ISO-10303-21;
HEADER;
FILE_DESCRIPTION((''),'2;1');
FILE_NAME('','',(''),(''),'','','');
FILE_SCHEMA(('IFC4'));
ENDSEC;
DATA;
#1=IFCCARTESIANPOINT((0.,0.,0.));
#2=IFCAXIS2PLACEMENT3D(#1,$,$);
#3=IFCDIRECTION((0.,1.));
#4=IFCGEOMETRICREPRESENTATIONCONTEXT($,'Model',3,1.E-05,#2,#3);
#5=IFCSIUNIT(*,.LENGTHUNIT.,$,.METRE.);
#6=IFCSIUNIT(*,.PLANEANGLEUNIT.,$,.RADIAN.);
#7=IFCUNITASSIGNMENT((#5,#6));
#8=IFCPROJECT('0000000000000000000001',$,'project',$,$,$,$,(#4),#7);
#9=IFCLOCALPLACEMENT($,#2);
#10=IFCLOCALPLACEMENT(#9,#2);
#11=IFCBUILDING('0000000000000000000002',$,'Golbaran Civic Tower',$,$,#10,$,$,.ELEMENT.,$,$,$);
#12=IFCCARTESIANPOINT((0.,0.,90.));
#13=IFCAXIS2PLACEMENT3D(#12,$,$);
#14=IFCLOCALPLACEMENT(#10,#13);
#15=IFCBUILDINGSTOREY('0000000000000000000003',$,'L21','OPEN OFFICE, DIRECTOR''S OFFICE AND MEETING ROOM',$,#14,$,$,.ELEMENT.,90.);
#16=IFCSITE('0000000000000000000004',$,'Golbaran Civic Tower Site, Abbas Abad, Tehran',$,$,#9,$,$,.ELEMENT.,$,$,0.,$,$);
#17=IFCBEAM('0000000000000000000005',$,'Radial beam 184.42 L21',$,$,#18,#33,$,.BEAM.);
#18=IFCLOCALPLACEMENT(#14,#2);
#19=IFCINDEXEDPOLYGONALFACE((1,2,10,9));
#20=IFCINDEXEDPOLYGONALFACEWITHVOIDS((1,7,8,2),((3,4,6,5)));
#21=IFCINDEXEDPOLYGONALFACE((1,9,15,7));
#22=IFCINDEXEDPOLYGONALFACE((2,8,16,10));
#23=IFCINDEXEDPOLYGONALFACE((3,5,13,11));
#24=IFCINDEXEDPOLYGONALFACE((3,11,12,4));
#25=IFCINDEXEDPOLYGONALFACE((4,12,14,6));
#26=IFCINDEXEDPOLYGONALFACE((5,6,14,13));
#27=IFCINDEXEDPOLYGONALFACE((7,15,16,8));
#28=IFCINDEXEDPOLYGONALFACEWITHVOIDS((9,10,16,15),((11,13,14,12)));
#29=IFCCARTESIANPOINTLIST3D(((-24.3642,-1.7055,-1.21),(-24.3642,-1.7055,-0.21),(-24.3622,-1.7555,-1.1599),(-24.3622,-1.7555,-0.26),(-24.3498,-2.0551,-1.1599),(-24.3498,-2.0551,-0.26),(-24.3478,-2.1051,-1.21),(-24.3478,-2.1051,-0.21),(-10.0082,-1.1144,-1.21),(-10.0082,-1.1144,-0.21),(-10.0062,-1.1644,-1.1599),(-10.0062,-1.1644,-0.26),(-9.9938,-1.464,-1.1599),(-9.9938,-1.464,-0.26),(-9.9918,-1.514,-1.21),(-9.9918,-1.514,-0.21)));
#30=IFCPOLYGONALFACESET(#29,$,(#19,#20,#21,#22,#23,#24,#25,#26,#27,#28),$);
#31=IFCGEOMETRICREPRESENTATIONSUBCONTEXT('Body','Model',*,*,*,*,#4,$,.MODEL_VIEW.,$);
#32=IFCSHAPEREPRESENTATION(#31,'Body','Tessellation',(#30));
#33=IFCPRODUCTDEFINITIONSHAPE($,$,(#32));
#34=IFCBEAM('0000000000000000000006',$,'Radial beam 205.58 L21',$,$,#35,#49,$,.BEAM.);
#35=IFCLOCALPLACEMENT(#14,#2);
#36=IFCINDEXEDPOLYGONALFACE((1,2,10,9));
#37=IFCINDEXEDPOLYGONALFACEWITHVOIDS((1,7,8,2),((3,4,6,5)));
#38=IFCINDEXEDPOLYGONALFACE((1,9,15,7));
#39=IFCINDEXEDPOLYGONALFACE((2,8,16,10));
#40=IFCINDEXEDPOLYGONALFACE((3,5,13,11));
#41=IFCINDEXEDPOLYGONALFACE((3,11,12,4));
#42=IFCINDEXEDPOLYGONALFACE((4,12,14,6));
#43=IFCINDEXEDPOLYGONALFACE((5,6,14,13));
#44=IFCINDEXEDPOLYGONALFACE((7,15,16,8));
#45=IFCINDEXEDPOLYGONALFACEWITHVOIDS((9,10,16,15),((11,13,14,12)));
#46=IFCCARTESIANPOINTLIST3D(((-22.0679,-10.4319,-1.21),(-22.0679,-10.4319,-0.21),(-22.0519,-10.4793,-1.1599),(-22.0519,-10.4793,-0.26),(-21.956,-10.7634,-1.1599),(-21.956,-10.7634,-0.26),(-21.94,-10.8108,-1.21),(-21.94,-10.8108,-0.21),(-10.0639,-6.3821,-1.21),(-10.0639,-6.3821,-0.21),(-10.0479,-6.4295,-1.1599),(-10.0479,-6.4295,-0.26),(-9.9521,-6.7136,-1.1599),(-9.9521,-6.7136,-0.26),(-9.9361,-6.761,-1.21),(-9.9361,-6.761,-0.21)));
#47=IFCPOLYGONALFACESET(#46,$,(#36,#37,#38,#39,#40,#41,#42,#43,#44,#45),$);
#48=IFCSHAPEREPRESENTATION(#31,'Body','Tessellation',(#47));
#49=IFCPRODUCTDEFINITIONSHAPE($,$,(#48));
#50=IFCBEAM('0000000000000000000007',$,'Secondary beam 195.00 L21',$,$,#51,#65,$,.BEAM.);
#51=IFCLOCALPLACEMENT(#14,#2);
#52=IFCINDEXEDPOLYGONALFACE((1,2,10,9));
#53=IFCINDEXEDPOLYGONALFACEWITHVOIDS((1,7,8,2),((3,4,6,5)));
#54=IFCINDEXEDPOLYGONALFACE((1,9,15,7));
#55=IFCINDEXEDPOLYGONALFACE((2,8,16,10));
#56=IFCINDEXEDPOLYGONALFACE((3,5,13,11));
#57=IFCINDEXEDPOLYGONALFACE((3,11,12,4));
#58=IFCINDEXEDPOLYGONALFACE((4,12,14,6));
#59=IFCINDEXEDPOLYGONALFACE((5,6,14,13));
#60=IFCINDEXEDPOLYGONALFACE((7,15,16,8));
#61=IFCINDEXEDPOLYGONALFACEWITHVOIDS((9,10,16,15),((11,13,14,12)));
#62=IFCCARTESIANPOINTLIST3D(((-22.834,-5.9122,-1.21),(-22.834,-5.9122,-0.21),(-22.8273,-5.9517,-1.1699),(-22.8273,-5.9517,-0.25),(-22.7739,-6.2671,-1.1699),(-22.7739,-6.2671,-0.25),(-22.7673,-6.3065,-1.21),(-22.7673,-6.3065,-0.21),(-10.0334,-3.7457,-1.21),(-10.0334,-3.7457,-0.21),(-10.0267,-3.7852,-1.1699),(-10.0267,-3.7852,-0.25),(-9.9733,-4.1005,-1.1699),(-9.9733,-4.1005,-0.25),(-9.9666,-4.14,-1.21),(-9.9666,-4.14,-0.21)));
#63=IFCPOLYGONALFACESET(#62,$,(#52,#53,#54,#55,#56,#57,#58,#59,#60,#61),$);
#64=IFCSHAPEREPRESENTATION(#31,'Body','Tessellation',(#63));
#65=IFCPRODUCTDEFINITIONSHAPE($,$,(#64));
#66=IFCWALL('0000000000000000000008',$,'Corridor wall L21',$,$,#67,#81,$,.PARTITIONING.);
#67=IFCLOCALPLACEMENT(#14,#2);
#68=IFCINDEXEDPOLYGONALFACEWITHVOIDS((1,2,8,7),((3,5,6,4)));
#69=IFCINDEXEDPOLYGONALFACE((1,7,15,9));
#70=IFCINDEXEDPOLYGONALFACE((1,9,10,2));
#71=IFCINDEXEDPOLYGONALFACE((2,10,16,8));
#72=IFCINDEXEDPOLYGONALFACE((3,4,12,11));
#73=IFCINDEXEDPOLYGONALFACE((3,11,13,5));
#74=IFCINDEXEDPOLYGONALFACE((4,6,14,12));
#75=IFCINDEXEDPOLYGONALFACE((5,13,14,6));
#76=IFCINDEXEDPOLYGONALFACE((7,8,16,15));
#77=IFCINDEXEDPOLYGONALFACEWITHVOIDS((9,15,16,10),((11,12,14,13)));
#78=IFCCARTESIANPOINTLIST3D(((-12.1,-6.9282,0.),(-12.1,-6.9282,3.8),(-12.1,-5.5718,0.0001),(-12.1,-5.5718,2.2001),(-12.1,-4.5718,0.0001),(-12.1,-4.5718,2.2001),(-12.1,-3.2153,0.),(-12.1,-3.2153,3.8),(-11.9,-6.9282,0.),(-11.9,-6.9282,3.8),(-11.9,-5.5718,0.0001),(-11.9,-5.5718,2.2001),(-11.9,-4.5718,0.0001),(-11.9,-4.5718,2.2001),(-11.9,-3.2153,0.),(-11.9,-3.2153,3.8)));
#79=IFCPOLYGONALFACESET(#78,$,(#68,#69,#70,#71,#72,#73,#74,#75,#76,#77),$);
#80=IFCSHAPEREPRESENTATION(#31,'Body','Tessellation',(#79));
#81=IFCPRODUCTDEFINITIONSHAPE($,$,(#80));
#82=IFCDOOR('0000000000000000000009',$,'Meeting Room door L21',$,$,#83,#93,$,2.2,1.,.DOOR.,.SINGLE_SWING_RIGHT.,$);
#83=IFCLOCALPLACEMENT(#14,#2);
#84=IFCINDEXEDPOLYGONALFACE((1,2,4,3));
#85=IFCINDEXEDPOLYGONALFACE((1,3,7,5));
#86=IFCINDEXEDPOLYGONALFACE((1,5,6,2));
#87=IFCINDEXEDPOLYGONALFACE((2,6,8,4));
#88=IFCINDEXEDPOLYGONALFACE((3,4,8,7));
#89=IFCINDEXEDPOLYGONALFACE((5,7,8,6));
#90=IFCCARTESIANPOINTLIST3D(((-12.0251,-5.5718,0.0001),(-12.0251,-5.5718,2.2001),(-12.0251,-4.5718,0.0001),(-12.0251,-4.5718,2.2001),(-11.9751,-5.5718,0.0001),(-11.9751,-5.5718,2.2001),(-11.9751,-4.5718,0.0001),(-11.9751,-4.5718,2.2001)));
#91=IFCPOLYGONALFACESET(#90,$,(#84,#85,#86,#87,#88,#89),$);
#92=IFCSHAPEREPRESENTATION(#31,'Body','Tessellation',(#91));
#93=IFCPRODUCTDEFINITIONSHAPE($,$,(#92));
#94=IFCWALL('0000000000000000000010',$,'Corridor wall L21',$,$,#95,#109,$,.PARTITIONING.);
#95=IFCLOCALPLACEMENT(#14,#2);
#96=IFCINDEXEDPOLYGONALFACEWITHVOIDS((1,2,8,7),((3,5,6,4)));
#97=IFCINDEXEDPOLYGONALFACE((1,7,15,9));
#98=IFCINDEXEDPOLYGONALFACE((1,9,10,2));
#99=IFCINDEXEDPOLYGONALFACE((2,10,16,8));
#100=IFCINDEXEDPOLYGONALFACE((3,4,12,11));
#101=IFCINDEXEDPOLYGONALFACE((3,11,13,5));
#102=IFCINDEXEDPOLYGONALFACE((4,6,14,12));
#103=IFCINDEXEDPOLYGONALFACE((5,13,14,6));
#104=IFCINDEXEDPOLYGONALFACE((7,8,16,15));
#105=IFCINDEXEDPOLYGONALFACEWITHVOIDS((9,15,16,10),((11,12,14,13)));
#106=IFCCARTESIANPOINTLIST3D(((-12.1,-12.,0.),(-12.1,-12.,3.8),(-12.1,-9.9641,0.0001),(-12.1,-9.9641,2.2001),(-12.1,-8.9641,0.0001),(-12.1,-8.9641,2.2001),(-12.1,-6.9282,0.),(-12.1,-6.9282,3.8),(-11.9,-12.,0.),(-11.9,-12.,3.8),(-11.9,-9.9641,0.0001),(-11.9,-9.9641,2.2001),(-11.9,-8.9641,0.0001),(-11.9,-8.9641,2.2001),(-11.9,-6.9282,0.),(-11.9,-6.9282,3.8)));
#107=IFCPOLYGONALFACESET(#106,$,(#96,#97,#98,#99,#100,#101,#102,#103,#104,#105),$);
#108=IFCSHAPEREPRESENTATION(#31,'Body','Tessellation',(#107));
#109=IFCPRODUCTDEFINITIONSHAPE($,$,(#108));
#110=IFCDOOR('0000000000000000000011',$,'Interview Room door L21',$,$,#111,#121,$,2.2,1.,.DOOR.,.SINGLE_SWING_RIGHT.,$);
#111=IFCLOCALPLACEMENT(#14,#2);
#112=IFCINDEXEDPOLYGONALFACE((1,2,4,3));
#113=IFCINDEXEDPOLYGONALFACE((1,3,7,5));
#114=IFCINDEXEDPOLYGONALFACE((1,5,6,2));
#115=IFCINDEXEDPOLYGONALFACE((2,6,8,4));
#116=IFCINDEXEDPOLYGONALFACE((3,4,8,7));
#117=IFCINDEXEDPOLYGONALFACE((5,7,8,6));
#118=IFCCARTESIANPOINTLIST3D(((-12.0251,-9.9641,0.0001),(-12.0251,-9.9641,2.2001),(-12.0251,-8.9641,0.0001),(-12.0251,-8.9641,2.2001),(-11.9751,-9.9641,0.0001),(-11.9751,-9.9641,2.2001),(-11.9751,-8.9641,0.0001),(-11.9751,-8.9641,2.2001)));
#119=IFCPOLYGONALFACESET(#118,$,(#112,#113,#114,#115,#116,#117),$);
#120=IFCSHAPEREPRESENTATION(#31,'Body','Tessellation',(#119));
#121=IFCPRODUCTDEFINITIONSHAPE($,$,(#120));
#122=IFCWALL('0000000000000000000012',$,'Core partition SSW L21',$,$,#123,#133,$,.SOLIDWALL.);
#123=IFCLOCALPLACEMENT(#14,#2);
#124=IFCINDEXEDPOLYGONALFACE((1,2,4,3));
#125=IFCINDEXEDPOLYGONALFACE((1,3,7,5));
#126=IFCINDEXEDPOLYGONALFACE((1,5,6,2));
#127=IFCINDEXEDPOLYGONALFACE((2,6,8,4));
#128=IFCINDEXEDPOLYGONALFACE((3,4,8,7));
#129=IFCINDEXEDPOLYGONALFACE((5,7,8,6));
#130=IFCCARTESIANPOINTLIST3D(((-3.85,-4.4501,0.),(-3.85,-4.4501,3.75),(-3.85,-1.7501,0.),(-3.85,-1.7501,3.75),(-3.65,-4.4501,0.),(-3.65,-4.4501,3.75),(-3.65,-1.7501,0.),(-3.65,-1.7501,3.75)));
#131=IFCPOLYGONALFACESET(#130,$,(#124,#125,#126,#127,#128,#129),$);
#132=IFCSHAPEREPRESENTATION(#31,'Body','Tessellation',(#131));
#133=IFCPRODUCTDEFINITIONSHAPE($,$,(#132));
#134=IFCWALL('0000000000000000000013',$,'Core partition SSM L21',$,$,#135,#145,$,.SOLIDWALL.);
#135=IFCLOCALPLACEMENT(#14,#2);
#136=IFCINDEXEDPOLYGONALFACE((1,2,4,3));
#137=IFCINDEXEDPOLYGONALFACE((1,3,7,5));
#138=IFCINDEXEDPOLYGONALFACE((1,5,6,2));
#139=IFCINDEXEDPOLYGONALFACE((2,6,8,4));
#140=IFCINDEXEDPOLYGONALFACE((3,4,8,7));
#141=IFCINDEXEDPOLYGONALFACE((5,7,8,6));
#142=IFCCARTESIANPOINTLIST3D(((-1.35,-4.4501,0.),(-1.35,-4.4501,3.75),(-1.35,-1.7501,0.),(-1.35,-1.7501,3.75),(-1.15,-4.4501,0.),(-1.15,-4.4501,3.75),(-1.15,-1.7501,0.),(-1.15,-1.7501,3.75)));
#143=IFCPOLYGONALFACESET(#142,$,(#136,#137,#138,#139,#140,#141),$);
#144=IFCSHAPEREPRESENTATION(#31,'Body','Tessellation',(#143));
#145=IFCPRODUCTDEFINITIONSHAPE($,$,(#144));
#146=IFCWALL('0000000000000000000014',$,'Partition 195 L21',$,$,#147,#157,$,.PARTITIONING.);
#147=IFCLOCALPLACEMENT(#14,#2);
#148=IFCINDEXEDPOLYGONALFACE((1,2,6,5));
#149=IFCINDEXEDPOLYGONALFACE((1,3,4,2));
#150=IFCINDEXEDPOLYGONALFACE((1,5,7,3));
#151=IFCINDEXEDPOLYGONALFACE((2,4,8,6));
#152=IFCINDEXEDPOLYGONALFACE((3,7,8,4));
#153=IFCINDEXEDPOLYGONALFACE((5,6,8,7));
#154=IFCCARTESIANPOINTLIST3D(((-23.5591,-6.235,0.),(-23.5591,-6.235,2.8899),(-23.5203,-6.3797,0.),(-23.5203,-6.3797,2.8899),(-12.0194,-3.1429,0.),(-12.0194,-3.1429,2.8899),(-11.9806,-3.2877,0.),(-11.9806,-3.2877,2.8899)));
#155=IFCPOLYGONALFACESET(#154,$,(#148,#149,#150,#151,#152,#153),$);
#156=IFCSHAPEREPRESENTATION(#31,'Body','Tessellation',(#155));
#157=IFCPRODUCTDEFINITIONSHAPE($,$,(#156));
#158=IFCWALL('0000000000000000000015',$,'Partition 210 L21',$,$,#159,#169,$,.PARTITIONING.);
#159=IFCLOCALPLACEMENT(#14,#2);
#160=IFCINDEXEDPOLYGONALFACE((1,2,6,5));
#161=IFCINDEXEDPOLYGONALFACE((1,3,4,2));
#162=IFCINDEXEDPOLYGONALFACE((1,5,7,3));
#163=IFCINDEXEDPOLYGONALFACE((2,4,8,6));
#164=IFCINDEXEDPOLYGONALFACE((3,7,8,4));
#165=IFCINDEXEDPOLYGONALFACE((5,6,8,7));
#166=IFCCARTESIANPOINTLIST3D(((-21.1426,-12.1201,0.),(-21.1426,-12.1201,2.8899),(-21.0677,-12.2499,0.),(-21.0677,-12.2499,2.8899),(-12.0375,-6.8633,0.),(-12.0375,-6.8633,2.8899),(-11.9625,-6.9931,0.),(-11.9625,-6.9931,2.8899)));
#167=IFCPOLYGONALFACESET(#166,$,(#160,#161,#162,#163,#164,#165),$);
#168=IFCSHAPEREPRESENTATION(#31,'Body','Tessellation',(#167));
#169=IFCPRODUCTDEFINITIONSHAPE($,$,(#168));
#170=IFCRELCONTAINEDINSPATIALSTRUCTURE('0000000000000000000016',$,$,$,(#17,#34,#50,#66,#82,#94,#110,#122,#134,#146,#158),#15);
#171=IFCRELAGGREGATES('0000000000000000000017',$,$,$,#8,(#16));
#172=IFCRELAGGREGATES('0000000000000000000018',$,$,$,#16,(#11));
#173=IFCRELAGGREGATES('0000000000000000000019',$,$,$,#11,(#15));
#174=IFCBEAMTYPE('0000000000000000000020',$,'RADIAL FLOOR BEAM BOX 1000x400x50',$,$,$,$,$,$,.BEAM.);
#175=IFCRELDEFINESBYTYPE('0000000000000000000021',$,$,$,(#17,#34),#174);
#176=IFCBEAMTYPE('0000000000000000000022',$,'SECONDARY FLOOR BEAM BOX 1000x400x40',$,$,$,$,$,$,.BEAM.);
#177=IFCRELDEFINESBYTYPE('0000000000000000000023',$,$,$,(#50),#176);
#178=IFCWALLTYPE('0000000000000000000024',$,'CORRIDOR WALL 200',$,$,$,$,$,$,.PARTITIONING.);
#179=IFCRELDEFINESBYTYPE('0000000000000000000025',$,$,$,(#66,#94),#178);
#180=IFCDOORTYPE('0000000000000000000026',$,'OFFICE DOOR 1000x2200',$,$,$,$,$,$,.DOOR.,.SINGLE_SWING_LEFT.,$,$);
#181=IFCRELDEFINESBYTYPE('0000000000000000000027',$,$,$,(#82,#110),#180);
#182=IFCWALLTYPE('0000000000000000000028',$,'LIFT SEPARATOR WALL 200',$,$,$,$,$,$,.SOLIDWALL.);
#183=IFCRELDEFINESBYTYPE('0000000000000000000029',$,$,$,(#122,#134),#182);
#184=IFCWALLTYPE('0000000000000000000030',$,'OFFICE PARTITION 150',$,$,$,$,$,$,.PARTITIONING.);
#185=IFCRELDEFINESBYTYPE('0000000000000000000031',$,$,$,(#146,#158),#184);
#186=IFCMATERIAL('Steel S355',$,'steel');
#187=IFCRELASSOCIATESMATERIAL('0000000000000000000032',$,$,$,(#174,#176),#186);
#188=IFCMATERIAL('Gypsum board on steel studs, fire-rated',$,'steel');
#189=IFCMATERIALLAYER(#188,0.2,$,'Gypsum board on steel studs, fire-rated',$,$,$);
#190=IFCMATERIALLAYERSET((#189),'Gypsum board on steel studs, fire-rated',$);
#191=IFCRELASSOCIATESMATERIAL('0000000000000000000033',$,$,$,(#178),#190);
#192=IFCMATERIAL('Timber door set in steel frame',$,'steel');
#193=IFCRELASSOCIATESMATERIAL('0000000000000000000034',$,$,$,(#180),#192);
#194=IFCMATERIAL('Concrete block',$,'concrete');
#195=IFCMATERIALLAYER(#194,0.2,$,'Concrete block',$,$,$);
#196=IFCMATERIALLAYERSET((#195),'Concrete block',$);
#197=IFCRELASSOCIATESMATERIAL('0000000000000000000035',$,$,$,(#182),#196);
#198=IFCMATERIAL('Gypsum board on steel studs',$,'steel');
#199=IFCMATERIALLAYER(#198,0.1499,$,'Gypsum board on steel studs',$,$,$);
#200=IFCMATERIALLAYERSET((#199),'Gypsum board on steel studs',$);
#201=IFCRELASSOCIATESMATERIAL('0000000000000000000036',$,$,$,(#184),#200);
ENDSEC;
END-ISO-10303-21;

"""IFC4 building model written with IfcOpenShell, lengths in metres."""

from ifc_helpers import new_model, si_unit, direction, frame, frame_2d, origin, origin_2d, place, context, subcontext, project, spatial, rectangle, hollow_rectangle, extrude, material, layer, layer_set, material_profile, profile_set, type_object, element, fill, save


model = new_model("IFC4")

# Units and contexts
model_context = context("Model", 3, precision=1e-05, world=origin(), true_north=direction((0.0, 1.0)))
body_context = subcontext(model_context, "Body", "Model", "MODEL_VIEW")
ifc_project = project(units=[si_unit("LENGTHUNIT", "METRE"), si_unit("PLANEANGLEUNIT", "RADIAN")], contexts=[model_context])

# Site, building, storey
site_placement = place(None, origin())
site = spatial("IfcSite", under=ifc_project, at=site_placement, Name="Golbaran Civic Tower Site, Abbas Abad, Tehran", CompositionType="ELEMENT", RefElevation=0.0)
building_placement = place(site_placement, origin())
building = spatial("IfcBuilding", under=site, at=building_placement, Name="Golbaran Civic Tower", CompositionType="ELEMENT")
storey_placement = place(building_placement, frame((0.0, 0.0, 90.0)))
storey = spatial("IfcBuildingStorey", under=building, at=storey_placement, Name="L21", Description="OPEN OFFICE, DIRECTOR'S OFFICE AND MEETING ROOM", CompositionType="ELEMENT", Elevation=90.0)

# Beams
ifc_material_1 = material(Name="Steel S355", Category="steel")
ifc_material_profile_1 = material_profile(ifc_material_1, hollow_rectangle(XDim=0.3999, YDim=1.0, WallThickness=0.05, at=origin_2d()), Name="BOX 1000x400x50")
ifc_profile_set_1 = profile_set([ifc_material_profile_1], Name="Steel S355")
beam_type_1 = type_object("IfcBeamType", Name="RADIAL FLOOR BEAM BOX 1000x400x50", PredefinedType="BEAM", material=ifc_profile_set_1)
beam_1_placement = place(storey_placement, frame((-10.0, -1.3142, -0.71), z_axis=(-0.999154, -0.041137, 0.0), x_axis=(0.041137, -0.999154, 0.0)))
element("IfcBeam", 1, at=beam_1_placement, inside=storey, type_object=beam_type_1, Name="Radial beam 184.42 L21", PredefinedType="BEAM", context=body_context, shape_type="SweptSolid", body=[
    extrude(hollow_rectangle(XDim=0.3999, YDim=1.0, WallThickness=0.05, at=origin_2d()), origin(), (0.0, 0.0, 1.0), 14.3682),
])
beam_2_placement = place(storey_placement, frame((-10.0, -6.5715, -0.71), z_axis=(-0.947528, -0.319671, 0.0), x_axis=(0.319671, -0.947528, 0.0)))
element("IfcBeam", 2, at=beam_2_placement, inside=storey, type_object=beam_type_1, Name="Radial beam 205.58 L21", PredefinedType="BEAM", context=body_context, shape_type="SweptSolid", body=[
    extrude(hollow_rectangle(XDim=0.3999, YDim=1.0, WallThickness=0.05, at=origin_2d()), origin(), (0.0, 0.0, 1.0), 12.6687),
])
ifc_material_profile_2 = material_profile(ifc_material_1, hollow_rectangle(XDim=0.3999, YDim=1.0, WallThickness=0.04, at=origin_2d()), Name="BOX 1000x400x40")
ifc_profile_set_2 = profile_set([ifc_material_profile_2], Name="Steel S355")
beam_type_2 = type_object("IfcBeamType", Name="SECONDARY FLOOR BEAM BOX 1000x400x40", PredefinedType="BEAM", material=ifc_profile_set_2)
beam_3_placement = place(storey_placement, frame((-10.0, -3.9429, -0.71), z_axis=(-0.985978, -0.166878, 0.0), x_axis=(0.166878, -0.985978, 0.0)))
element("IfcBeam", 3, at=beam_3_placement, inside=storey, type_object=beam_type_2, Name="Secondary beam 195.00 L21", PredefinedType="BEAM", context=body_context, shape_type="SweptSolid", body=[
    extrude(hollow_rectangle(XDim=0.3999, YDim=1.0, WallThickness=0.04, at=origin_2d()), origin(), (0.0, 0.0, 1.0), 12.9827),
])

# Walls, openings, doors
ifc_material_2 = material(Name="Gypsum board on steel studs, fire-rated", Category="steel")
ifc_layer_1 = layer(ifc_material_2, 0.2, Name="Gypsum board on steel studs, fire-rated")
ifc_layer_set_1 = layer_set([ifc_layer_1], Name="Gypsum board on steel studs, fire-rated")
wall_type_1 = type_object("IfcWallType", Name="CORRIDOR WALL 200", PredefinedType="PARTITIONING", material=ifc_layer_set_1)
wall_1_placement = place(storey_placement, frame((-12.0, -3.2153, 0.0), z_axis=(0.0, 0.0, 1.0), x_axis=(0.0, -1.0, 0.0)))
wall_1 = element("IfcWall", 4, at=wall_1_placement, inside=storey, type_object=wall_type_1, Name="Corridor wall L21", PredefinedType="PARTITIONING", context=body_context, shape_type="SweptSolid", body=[
    extrude(rectangle(XDim=3.7129, YDim=0.2, at=frame_2d((1.8564, 0.0))), origin(), (0.0, 0.0, 1.0), 3.8),
])
opening_1_placement = place(wall_1_placement, frame((1.3564, 0.0, 0.0)))
opening_1 = element("IfcOpeningElement", 5, at=opening_1_placement, cuts=wall_1, PredefinedType="OPENING", context=body_context, shape_type="SweptSolid", body=[
    extrude(rectangle(XDim=1.0, YDim=2.2, at=frame_2d((0.5, 1.1001))), frame((0.0, 0.1099, 0.0), z_axis=(0.0, -1.0, 0.0), x_axis=(1.0, 0.0, 0.0)), (0.0, 0.0, 1.0), 0.22),
])
ifc_material_3 = material(Name="Timber door set in steel frame", Category="steel")
door_type_1 = type_object("IfcDoorType", Name="OFFICE DOOR 1000x2200", OperationType="SINGLE_SWING_LEFT", PredefinedType="DOOR", material=ifc_material_3)
door_1_placement = place(opening_1_placement, origin())
door_1 = element("IfcDoor", 6, at=door_1_placement, inside=storey, type_object=door_type_1, Name="Meeting Room door L21", OperationType="SINGLE_SWING_RIGHT", OverallHeight=2.2, OverallWidth=1.0, PredefinedType="DOOR", context=body_context, shape_type="SweptSolid", body=[
    extrude(rectangle(XDim=1.0, YDim=2.2, at=frame_2d((0.5, 1.1001))), frame((0.0, 0.0249, 0.0), z_axis=(0.0, -1.0, 0.0), x_axis=(1.0, 0.0, 0.0)), (0.0, 0.0, 1.0), 0.05),
])
fill(opening_1, door_1)
wall_2_placement = place(storey_placement, frame((-12.0, -6.9282, 0.0), z_axis=(0.0, 0.0, 1.0), x_axis=(0.0, -1.0, 0.0)))
wall_2 = element("IfcWall", 7, at=wall_2_placement, inside=storey, type_object=wall_type_1, Name="Corridor wall L21", PredefinedType="PARTITIONING", context=body_context, shape_type="SweptSolid", body=[
    extrude(rectangle(XDim=5.0718, YDim=0.2, at=frame_2d((2.5359, 0.0))), origin(), (0.0, 0.0, 1.0), 3.8),
])
opening_2_placement = place(wall_2_placement, frame((2.0359, 0.0, 0.0)))
opening_2 = element("IfcOpeningElement", 8, at=opening_2_placement, cuts=wall_2, PredefinedType="OPENING", context=body_context, shape_type="SweptSolid", body=[
    extrude(rectangle(XDim=1.0, YDim=2.2, at=frame_2d((0.5, 1.1001))), frame((0.0, 0.1099, 0.0), z_axis=(0.0, -1.0, 0.0), x_axis=(1.0, 0.0, 0.0)), (0.0, 0.0, 1.0), 0.22),
])
door_2_placement = place(opening_2_placement, origin())
door_2 = element("IfcDoor", 9, at=door_2_placement, inside=storey, type_object=door_type_1, Name="Interview Room door L21", OperationType="SINGLE_SWING_RIGHT", OverallHeight=2.2, OverallWidth=1.0, PredefinedType="DOOR", context=body_context, shape_type="SweptSolid", body=[
    extrude(rectangle(XDim=1.0, YDim=2.2, at=frame_2d((0.5, 1.1001))), frame((0.0, 0.0249, 0.0), z_axis=(0.0, -1.0, 0.0), x_axis=(1.0, 0.0, 0.0)), (0.0, 0.0, 1.0), 0.05),
])
fill(opening_2, door_2)

# Walls
ifc_material_4 = material(Name="Concrete block", Category="concrete")
ifc_layer_2 = layer(ifc_material_4, 0.2, Name="Concrete block")
ifc_layer_set_2 = layer_set([ifc_layer_2], Name="Concrete block")
wall_type_2 = type_object("IfcWallType", Name="LIFT SEPARATOR WALL 200", PredefinedType="SOLIDWALL", material=ifc_layer_set_2)
for number, where, z_axis, x_axis, name in (
    (10, (-3.75, -1.75, 0.0), (0.0, 0.0, 1.0), (0.0, -1.0, 0.0), "Core partition SSW L21"),
    (11, (-1.25, -1.75, 0.0), (0.0, 0.0, 1.0), (0.0, -1.0, 0.0), "Core partition SSM L21"),
):
    element("IfcWall", number, at=place(storey_placement, frame(where, z_axis=z_axis, x_axis=x_axis)), inside=storey, type_object=wall_type_2, Name=name, PredefinedType="SOLIDWALL", context=body_context, shape_type="SweptSolid", body=[
        extrude(rectangle(XDim=2.7, YDim=0.2, at=frame_2d((1.3501, 0.0))), origin(), (0.0, 0.0, 1.0), 3.75),
    ])
ifc_material_5 = material(Name="Gypsum board on steel studs", Category="steel")
ifc_layer_3 = layer(ifc_material_5, 0.1499, Name="Gypsum board on steel studs")
ifc_layer_set_3 = layer_set([ifc_layer_3], Name="Gypsum board on steel studs")
wall_type_3 = type_object("IfcWallType", Name="OFFICE PARTITION 150", PredefinedType="PARTITIONING", material=ifc_layer_set_3)
wall_3_placement = place(storey_placement, frame((-12.0, -3.2153, 0.0), z_axis=(0.0, 0.0, 1.0), x_axis=(-0.965927, -0.258816, 0.0)))
element("IfcWall", 12, at=wall_3_placement, inside=storey, type_object=wall_type_3, Name="Partition 195 L21", PredefinedType="PARTITIONING", context=body_context, shape_type="SweptSolid", body=[
    extrude(rectangle(XDim=11.9468, YDim=0.1499, at=frame_2d((5.9734, 0.0))), origin(), (0.0, 0.0, 1.0), 2.8899),
])
wall_4_placement = place(storey_placement, frame((-12.0, -6.9282, 0.0), z_axis=(0.0, 0.0, 1.0), x_axis=(-0.866028, -0.499995, 0.0)))
element("IfcWall", 13, at=wall_4_placement, inside=storey, type_object=wall_type_3, Name="Partition 210 L21", PredefinedType="PARTITIONING", context=body_context, shape_type="SweptSolid", body=[
    extrude(rectangle(XDim=10.5137, YDim=0.1499, at=frame_2d((5.2568, 0.0))), origin(), (0.0, 0.0, 1.0), 2.8899),
])

save(model, "model.ifc")
